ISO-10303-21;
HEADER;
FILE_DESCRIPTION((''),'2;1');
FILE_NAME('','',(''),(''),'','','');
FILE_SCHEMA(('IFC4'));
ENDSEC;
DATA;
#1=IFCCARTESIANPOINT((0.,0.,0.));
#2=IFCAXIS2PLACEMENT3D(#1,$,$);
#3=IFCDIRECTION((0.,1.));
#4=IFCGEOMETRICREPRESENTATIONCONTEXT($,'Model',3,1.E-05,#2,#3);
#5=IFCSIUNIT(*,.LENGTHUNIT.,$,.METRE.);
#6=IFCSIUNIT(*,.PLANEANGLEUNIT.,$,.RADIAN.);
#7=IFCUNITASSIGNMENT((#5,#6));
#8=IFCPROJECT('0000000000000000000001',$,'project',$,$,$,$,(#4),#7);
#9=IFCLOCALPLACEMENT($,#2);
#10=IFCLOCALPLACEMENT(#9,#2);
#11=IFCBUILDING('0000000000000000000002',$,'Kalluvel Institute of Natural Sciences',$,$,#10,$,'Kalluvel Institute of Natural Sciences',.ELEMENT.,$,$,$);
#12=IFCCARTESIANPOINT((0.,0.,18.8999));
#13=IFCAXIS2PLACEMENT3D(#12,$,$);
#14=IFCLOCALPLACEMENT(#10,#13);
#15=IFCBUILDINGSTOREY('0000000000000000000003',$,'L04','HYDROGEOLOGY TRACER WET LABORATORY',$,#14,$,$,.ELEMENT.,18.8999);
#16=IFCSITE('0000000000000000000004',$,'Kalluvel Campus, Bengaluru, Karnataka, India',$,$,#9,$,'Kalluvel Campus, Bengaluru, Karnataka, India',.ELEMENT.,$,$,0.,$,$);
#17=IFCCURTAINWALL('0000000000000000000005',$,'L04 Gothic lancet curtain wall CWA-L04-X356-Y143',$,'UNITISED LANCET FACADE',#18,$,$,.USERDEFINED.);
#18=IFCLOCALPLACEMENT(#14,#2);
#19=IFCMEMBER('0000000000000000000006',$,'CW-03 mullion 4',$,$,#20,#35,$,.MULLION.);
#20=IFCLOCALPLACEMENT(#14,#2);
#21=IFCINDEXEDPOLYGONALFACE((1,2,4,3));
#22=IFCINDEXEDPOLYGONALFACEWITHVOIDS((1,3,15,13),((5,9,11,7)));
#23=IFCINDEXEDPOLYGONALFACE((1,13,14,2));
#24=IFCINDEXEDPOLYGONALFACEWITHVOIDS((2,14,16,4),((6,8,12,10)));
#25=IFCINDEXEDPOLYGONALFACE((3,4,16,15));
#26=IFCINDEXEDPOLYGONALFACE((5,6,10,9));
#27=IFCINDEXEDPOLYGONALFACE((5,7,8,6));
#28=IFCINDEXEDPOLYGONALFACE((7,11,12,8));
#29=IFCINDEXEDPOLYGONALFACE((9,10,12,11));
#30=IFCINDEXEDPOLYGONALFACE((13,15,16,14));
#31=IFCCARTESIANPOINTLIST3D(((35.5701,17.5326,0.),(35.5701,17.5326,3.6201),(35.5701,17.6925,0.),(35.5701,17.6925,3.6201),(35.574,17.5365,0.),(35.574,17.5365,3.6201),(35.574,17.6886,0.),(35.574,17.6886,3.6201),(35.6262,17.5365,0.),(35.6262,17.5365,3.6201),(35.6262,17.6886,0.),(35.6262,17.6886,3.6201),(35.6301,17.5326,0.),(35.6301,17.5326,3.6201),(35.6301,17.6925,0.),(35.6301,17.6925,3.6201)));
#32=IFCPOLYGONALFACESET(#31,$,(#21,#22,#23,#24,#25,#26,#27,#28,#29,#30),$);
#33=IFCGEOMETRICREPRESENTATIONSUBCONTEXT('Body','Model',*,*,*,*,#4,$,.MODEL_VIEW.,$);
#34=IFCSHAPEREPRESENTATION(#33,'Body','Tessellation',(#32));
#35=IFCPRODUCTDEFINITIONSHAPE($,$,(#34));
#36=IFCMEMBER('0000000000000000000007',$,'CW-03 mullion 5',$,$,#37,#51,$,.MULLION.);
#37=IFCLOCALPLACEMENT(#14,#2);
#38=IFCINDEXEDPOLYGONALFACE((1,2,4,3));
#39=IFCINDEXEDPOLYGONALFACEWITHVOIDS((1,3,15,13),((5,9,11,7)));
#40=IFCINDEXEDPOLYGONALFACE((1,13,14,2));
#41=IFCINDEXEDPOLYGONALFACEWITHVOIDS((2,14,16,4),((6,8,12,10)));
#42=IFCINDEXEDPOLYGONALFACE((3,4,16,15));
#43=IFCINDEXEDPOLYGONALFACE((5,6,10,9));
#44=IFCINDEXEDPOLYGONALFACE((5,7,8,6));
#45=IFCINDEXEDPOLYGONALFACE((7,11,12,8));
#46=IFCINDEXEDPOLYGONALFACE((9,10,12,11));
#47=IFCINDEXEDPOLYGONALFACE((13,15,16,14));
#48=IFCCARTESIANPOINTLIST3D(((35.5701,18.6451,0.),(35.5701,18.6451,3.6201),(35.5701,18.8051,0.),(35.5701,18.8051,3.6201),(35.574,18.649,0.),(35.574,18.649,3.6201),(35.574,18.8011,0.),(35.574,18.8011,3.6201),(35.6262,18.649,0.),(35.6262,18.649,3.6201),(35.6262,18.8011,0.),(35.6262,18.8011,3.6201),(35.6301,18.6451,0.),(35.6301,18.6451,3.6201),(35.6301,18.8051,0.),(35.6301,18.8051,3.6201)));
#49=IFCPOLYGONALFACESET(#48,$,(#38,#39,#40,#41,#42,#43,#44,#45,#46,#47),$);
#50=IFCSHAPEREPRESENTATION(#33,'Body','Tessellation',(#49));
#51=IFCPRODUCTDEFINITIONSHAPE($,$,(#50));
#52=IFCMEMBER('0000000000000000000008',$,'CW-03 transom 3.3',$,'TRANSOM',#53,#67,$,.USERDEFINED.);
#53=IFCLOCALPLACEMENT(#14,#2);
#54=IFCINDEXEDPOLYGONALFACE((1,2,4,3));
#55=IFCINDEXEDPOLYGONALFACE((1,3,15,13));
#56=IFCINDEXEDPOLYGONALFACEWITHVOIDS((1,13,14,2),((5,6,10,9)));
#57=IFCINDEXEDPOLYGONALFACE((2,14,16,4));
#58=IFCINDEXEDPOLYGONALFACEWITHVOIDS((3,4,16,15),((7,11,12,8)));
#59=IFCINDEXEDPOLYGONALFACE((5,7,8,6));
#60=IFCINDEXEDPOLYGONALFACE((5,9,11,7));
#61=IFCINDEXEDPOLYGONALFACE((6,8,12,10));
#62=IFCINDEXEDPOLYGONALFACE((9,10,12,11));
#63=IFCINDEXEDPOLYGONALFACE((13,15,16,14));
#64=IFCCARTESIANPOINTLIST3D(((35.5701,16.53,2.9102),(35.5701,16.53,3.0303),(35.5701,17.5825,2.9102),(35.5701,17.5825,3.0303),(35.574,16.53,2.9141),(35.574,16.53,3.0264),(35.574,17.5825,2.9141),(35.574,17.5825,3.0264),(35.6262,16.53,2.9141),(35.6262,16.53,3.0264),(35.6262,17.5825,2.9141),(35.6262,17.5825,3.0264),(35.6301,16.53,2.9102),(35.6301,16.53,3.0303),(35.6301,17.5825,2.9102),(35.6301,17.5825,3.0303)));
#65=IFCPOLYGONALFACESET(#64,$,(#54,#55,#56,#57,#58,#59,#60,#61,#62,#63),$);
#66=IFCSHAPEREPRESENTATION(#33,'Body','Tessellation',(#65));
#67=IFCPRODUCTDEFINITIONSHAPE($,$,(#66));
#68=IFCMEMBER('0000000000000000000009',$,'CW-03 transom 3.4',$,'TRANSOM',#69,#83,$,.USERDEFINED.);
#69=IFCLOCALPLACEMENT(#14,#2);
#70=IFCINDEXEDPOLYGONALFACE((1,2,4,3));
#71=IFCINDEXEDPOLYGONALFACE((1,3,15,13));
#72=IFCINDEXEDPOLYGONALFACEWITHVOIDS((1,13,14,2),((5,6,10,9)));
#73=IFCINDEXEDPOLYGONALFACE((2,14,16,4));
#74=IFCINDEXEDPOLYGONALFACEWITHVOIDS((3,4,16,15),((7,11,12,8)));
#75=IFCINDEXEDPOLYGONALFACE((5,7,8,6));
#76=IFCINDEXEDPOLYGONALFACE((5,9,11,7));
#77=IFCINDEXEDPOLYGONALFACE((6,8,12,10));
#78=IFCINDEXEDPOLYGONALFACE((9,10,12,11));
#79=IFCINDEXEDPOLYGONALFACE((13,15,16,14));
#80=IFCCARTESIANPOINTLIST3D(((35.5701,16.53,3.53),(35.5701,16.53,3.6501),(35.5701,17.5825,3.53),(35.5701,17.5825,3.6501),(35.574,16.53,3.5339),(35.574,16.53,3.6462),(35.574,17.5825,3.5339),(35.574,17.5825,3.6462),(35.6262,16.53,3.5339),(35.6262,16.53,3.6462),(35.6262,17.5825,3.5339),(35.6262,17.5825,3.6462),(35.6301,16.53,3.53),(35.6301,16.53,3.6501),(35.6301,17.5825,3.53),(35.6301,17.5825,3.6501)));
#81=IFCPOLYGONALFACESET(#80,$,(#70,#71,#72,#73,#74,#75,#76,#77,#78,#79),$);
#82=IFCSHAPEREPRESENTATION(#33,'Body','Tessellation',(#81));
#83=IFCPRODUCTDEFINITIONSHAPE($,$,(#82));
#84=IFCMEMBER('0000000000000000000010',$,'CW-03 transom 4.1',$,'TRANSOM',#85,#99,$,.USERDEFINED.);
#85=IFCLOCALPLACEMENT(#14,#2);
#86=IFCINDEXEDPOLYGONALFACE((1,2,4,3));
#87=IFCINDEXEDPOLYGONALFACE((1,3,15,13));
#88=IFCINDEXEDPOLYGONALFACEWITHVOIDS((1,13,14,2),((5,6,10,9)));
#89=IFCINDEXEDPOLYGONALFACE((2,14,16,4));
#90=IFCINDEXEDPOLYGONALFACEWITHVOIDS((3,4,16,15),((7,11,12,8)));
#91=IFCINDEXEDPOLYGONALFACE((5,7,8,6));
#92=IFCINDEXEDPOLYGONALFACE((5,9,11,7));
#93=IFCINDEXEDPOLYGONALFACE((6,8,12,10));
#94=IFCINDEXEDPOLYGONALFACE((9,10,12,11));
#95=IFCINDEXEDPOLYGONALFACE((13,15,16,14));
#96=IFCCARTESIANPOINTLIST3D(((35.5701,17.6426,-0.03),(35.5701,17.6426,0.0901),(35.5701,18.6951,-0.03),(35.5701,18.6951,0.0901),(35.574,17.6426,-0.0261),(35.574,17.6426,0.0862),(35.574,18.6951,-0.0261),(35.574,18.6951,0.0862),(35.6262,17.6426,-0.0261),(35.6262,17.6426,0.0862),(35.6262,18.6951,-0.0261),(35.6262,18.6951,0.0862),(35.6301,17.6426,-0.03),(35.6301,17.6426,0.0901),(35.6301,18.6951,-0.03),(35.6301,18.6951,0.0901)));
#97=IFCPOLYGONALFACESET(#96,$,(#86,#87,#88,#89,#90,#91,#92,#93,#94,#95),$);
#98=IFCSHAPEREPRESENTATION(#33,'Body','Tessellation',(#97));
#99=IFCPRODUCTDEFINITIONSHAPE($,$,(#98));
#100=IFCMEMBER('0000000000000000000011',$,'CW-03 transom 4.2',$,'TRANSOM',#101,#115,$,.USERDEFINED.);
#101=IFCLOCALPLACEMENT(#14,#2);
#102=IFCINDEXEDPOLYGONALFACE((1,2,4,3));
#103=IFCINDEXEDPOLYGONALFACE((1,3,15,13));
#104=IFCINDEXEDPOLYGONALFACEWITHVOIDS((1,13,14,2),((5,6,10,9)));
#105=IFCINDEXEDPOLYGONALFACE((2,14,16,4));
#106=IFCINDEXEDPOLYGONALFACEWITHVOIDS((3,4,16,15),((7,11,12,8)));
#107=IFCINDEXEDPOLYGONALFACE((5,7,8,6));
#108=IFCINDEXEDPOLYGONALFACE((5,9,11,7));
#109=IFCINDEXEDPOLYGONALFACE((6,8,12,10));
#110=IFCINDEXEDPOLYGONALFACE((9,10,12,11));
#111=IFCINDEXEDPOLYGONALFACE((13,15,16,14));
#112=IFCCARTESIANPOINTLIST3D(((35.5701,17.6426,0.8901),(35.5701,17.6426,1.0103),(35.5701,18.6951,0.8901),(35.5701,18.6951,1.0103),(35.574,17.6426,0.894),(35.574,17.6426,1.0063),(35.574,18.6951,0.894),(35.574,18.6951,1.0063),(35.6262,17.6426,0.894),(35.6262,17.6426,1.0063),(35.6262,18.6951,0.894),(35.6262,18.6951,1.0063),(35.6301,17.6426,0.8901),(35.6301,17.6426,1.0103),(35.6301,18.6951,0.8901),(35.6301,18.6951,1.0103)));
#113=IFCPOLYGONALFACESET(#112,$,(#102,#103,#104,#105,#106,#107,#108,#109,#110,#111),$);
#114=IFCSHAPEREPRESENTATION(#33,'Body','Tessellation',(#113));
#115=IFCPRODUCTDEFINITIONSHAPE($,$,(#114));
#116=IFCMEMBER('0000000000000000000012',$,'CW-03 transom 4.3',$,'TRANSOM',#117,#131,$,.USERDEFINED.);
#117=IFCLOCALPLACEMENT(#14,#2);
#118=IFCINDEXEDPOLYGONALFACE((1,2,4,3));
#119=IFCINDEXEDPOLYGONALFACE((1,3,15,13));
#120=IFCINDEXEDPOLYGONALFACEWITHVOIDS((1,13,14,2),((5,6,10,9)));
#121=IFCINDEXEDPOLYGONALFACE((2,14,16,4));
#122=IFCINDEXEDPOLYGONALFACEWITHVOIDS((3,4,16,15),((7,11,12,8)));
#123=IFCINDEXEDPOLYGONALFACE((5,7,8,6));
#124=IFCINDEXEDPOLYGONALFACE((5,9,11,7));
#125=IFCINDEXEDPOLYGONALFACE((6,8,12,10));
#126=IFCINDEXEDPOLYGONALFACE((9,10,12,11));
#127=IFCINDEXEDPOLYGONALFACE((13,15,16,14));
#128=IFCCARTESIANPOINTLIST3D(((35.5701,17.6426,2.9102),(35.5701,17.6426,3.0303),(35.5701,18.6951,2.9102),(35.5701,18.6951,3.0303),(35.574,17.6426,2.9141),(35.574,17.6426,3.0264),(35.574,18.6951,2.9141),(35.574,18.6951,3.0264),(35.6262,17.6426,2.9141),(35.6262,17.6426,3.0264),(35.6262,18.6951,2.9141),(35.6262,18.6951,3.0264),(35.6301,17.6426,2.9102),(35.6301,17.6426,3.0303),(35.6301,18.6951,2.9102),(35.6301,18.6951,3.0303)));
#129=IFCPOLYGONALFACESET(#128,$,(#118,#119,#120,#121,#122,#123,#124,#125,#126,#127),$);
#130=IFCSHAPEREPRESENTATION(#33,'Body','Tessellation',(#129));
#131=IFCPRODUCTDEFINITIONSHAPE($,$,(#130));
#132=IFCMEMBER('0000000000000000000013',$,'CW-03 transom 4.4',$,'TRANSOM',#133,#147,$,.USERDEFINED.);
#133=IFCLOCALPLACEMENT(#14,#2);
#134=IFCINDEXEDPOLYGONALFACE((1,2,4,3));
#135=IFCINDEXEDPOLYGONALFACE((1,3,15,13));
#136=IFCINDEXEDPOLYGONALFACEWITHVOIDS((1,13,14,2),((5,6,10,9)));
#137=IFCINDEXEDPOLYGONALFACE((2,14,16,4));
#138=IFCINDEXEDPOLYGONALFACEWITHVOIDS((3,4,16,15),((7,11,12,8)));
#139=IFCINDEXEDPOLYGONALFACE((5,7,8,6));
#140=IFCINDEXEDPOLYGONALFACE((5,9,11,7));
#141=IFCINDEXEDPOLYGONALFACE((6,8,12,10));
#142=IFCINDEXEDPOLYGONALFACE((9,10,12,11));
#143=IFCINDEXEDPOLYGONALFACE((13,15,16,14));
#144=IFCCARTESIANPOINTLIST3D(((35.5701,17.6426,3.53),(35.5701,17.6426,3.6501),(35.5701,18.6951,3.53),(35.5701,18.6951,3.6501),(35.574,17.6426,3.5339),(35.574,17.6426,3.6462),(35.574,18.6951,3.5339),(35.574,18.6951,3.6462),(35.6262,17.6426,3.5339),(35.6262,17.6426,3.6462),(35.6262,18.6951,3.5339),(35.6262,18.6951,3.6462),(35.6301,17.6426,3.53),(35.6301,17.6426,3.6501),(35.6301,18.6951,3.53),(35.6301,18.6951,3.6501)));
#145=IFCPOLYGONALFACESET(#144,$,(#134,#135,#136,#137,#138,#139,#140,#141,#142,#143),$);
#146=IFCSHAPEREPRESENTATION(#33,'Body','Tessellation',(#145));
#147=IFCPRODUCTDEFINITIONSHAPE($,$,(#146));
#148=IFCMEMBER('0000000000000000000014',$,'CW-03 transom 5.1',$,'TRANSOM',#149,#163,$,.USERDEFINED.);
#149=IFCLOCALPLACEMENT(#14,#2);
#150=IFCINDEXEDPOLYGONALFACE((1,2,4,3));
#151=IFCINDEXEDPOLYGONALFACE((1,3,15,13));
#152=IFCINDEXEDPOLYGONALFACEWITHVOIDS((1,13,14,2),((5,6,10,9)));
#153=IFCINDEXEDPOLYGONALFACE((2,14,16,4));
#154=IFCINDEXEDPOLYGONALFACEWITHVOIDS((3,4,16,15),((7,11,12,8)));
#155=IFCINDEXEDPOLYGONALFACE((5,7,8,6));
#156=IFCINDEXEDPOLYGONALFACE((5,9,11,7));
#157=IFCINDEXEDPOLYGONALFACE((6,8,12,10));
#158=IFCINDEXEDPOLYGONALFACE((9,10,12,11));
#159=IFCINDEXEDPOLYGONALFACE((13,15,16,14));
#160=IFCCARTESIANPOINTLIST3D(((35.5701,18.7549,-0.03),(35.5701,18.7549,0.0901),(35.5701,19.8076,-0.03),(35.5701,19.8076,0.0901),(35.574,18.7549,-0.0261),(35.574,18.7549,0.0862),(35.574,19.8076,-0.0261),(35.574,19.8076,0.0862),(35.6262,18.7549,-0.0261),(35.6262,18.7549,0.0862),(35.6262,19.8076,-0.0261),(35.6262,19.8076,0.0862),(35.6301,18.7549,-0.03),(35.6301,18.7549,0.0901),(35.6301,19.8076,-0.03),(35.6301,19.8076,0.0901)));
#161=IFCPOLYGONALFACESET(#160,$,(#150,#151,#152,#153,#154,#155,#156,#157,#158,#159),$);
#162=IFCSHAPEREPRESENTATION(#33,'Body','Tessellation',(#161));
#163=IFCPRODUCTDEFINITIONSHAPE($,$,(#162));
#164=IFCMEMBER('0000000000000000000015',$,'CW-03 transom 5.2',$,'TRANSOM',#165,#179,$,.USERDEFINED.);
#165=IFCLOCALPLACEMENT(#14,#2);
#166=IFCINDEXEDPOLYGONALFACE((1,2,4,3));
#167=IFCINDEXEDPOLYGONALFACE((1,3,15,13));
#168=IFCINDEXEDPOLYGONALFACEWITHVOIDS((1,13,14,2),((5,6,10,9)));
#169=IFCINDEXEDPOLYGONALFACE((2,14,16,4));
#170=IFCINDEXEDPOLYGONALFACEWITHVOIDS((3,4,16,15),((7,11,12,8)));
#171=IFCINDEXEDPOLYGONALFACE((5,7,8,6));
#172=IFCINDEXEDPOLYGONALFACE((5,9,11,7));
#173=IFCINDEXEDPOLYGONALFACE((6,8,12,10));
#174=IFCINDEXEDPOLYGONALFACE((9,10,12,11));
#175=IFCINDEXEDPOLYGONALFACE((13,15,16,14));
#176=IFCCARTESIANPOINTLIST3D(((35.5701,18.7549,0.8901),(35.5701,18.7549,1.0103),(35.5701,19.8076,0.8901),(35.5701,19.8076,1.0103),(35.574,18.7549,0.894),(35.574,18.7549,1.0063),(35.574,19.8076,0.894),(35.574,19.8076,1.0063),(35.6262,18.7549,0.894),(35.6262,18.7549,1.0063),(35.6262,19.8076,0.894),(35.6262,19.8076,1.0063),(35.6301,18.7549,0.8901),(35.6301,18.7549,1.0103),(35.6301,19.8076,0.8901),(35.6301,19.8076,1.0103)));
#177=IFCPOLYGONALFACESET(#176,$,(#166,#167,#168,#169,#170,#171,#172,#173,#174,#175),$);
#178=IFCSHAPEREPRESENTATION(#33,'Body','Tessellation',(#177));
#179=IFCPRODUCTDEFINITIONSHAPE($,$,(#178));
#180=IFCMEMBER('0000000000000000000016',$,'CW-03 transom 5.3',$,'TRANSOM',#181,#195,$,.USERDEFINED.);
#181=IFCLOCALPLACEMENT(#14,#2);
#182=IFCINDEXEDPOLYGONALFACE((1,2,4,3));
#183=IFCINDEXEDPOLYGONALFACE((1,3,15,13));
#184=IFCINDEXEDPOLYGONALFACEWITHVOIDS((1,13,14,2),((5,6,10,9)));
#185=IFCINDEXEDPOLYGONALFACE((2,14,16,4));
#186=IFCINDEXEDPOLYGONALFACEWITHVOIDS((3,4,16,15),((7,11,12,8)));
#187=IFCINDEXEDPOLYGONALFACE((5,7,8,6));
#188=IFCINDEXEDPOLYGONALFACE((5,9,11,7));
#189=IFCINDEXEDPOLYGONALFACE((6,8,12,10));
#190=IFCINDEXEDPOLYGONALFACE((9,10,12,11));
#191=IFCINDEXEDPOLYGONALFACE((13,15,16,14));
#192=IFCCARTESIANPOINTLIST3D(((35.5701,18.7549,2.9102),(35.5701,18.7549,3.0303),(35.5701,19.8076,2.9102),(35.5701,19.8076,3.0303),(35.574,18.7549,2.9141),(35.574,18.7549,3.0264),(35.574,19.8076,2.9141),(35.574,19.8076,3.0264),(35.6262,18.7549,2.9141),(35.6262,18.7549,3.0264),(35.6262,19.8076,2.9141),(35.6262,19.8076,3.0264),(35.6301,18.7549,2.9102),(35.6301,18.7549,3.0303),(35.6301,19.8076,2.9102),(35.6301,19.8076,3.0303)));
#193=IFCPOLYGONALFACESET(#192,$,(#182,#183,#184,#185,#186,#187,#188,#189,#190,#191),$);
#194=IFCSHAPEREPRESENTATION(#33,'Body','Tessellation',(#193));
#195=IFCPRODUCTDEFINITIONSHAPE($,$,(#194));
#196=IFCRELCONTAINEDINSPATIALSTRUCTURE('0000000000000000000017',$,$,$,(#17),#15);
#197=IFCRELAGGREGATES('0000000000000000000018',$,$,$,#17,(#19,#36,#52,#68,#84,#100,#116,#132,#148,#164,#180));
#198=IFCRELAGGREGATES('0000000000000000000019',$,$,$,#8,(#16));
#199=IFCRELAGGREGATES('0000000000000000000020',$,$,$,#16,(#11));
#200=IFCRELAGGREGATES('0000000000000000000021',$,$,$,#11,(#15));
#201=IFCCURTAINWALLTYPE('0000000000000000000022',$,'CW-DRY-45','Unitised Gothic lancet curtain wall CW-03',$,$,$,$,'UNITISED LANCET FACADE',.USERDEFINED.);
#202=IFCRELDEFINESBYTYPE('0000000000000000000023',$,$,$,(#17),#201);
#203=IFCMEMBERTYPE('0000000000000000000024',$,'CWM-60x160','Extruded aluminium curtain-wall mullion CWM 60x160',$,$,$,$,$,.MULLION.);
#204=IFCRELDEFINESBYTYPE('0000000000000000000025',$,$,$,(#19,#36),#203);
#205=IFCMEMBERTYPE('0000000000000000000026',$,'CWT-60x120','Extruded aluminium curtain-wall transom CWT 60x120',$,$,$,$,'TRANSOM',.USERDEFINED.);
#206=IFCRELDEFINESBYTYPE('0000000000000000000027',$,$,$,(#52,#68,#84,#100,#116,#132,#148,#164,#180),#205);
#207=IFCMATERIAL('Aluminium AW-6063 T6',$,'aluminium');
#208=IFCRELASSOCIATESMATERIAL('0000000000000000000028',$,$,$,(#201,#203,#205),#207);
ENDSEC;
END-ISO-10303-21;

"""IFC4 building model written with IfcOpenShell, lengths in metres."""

from ifc_helpers import new_model, si_unit, direction, frame, origin, origin_2d, place, context, subcontext, project, spatial, hollow_rectangle, extrude, material, material_profile, profile_set, type_object, element, aggregate, save


model = new_model("IFC4")

# Units and contexts
model_context = context("Model", 3, precision=1e-05, world=origin(), true_north=direction((0.0, 1.0)))
body_context = subcontext(model_context, "Body", "Model", "MODEL_VIEW")
ifc_project = project(units=[si_unit("LENGTHUNIT", "METRE"), si_unit("PLANEANGLEUNIT", "RADIAN")], contexts=[model_context])

# Site, building, storey
site_placement = place(None, origin())
site = spatial("IfcSite", under=ifc_project, at=site_placement, Name="Kalluvel Campus, Bengaluru, Karnataka, India", LongName="Kalluvel Campus, Bengaluru, Karnataka, India", CompositionType="ELEMENT", RefElevation=0.0)
building_placement = place(site_placement, origin())
building = spatial("IfcBuilding", under=site, at=building_placement, Name="Kalluvel Institute of Natural Sciences", LongName="Kalluvel Institute of Natural Sciences", CompositionType="ELEMENT")
storey_placement = place(building_placement, frame((0.0, 0.0, 18.8999)))
storey = spatial("IfcBuildingStorey", under=building, at=storey_placement, Name="L04", Description="HYDROGEOLOGY TRACER WET LABORATORY", CompositionType="ELEMENT", Elevation=18.8999)

# Curtain wall, members
ifc_material_1 = material(Name="Aluminium AW-6063 T6", Category="aluminium")
curtain_wall_type = type_object("IfcCurtainWallType", Name="CW-DRY-45", Description="Unitised Gothic lancet curtain wall CW-03", ElementType="UNITISED LANCET FACADE", PredefinedType="USERDEFINED", material=ifc_material_1)
curtain_wall_placement = place(storey_placement, origin())
curtain_wall = element("IfcCurtainWall", 1, at=curtain_wall_placement, inside=storey, type_object=curtain_wall_type, Name="L04 Gothic lancet curtain wall CWA-L04-X356-Y143", ObjectType="UNITISED LANCET FACADE", PredefinedType="USERDEFINED")
ifc_material_profile_1 = material_profile(ifc_material_1, hollow_rectangle(XDim=0.0601, YDim=0.1599, WallThickness=0.0039, at=origin_2d()), Name="CWM 60x160")
ifc_profile_set_1 = profile_set([ifc_material_profile_1], Name="Aluminium AW-6063 T6")
member_type_1 = type_object("IfcMemberType", Name="CWM-60x160", Description="Extruded aluminium curtain-wall mullion CWM 60x160", PredefinedType="MULLION", material=ifc_profile_set_1)
member_1_placement = place(storey_placement, frame((35.6001, 17.6125, 0.0), z_axis=(0.0, 0.0, 1.0), x_axis=(-1.0, 0.0, 0.0)))
member_1 = element("IfcMember", 2, at=member_1_placement, type_object=member_type_1, Name="CW-03 mullion 4", PredefinedType="MULLION", context=body_context, shape_type="SweptSolid", body=[
    extrude(hollow_rectangle(XDim=0.0601, YDim=0.1599, WallThickness=0.0039, at=origin_2d()), origin(), (0.0, 0.0, 1.0), 3.6201),
])
member_2_placement = place(storey_placement, frame((35.6001, 18.7251, 0.0), z_axis=(0.0, 0.0, 1.0), x_axis=(-1.0, 0.0, 0.0)))
member_2 = element("IfcMember", 3, at=member_2_placement, type_object=member_type_1, Name="CW-03 mullion 5", PredefinedType="MULLION", context=body_context, shape_type="SweptSolid", body=[
    extrude(hollow_rectangle(XDim=0.0601, YDim=0.1599, WallThickness=0.0039, at=origin_2d()), origin(), (0.0, 0.0, 1.0), 3.6201),
])
ifc_material_profile_2 = material_profile(ifc_material_1, hollow_rectangle(XDim=0.0601, YDim=0.1201, WallThickness=0.0039, at=origin_2d()), Name="CWT 60x120")
ifc_profile_set_2 = profile_set([ifc_material_profile_2], Name="Aluminium AW-6063 T6")
member_type_2 = type_object("IfcMemberType", Name="CWT-60x120", Description="Extruded aluminium curtain-wall transom CWT 60x120", ElementType="TRANSOM", PredefinedType="USERDEFINED", material=ifc_profile_set_2)
member_3_placement = place(storey_placement, frame((35.6001, 16.53, 2.9702), z_axis=(0.0, 1.0, 0.0), x_axis=(-1.0, 0.0, 0.0)))
member_3 = element("IfcMember", 4, at=member_3_placement, type_object=member_type_2, Name="CW-03 transom 3.3", ObjectType="TRANSOM", PredefinedType="USERDEFINED", context=body_context, shape_type="SweptSolid", body=[
    extrude(hollow_rectangle(XDim=0.0601, YDim=0.1201, WallThickness=0.0039, at=origin_2d()), origin(), (0.0, 0.0, 1.0), 1.0525),
])
member_4_placement = place(storey_placement, frame((35.6001, 16.53, 3.5901), z_axis=(0.0, 1.0, 0.0), x_axis=(-1.0, 0.0, 0.0)))
member_4 = element("IfcMember", 5, at=member_4_placement, type_object=member_type_2, Name="CW-03 transom 3.4", ObjectType="TRANSOM", PredefinedType="USERDEFINED", context=body_context, shape_type="SweptSolid", body=[
    extrude(hollow_rectangle(XDim=0.0601, YDim=0.1201, WallThickness=0.0039, at=origin_2d()), origin(), (0.0, 0.0, 1.0), 1.0525),
])
member_5_placement = place(storey_placement, frame((35.6001, 17.6426, 0.03), z_axis=(0.0, 1.0, 0.0), x_axis=(-1.0, 0.0, 0.0)))
member_5 = element("IfcMember", 6, at=member_5_placement, type_object=member_type_2, Name="CW-03 transom 4.1", ObjectType="TRANSOM", PredefinedType="USERDEFINED", context=body_context, shape_type="SweptSolid", body=[
    extrude(hollow_rectangle(XDim=0.0601, YDim=0.1201, WallThickness=0.0039, at=origin_2d()), origin(), (0.0, 0.0, 1.0), 1.0525),
])
member_6_placement = place(storey_placement, frame((35.6001, 17.6426, 0.9502), z_axis=(0.0, 1.0, 0.0), x_axis=(-1.0, 0.0, 0.0)))
member_6 = element("IfcMember", 7, at=member_6_placement, type_object=member_type_2, Name="CW-03 transom 4.2", ObjectType="TRANSOM", PredefinedType="USERDEFINED", context=body_context, shape_type="SweptSolid", body=[
    extrude(hollow_rectangle(XDim=0.0601, YDim=0.1201, WallThickness=0.0039, at=origin_2d()), origin(), (0.0, 0.0, 1.0), 1.0525),
])
member_7_placement = place(storey_placement, frame((35.6001, 17.6426, 2.9702), z_axis=(0.0, 1.0, 0.0), x_axis=(-1.0, 0.0, 0.0)))
member_7 = element("IfcMember", 8, at=member_7_placement, type_object=member_type_2, Name="CW-03 transom 4.3", ObjectType="TRANSOM", PredefinedType="USERDEFINED", context=body_context, shape_type="SweptSolid", body=[
    extrude(hollow_rectangle(XDim=0.0601, YDim=0.1201, WallThickness=0.0039, at=origin_2d()), origin(), (0.0, 0.0, 1.0), 1.0525),
])
member_8_placement = place(storey_placement, frame((35.6001, 17.6426, 3.5901), z_axis=(0.0, 1.0, 0.0), x_axis=(-1.0, 0.0, 0.0)))
member_8 = element("IfcMember", 9, at=member_8_placement, type_object=member_type_2, Name="CW-03 transom 4.4", ObjectType="TRANSOM", PredefinedType="USERDEFINED", context=body_context, shape_type="SweptSolid", body=[
    extrude(hollow_rectangle(XDim=0.0601, YDim=0.1201, WallThickness=0.0039, at=origin_2d()), origin(), (0.0, 0.0, 1.0), 1.0525),
])
member_9_placement = place(storey_placement, frame((35.6001, 18.7549, 0.03), z_axis=(0.0, 1.0, 0.0), x_axis=(-1.0, 0.0, 0.0)))
member_9 = element("IfcMember", 10, at=member_9_placement, type_object=member_type_2, Name="CW-03 transom 5.1", ObjectType="TRANSOM", PredefinedType="USERDEFINED", context=body_context, shape_type="SweptSolid", body=[
    extrude(hollow_rectangle(XDim=0.0601, YDim=0.1201, WallThickness=0.0039, at=origin_2d()), origin(), (0.0, 0.0, 1.0), 1.0527),
])
member_10_placement = place(storey_placement, frame((35.6001, 18.7549, 0.9502), z_axis=(0.0, 1.0, 0.0), x_axis=(-1.0, 0.0, 0.0)))
member_10 = element("IfcMember", 11, at=member_10_placement, type_object=member_type_2, Name="CW-03 transom 5.2", ObjectType="TRANSOM", PredefinedType="USERDEFINED", context=body_context, shape_type="SweptSolid", body=[
    extrude(hollow_rectangle(XDim=0.0601, YDim=0.1201, WallThickness=0.0039, at=origin_2d()), origin(), (0.0, 0.0, 1.0), 1.0527),
])
member_11_placement = place(storey_placement, frame((35.6001, 18.7549, 2.9702), z_axis=(0.0, 1.0, 0.0), x_axis=(-1.0, 0.0, 0.0)))
member_11 = element("IfcMember", 12, at=member_11_placement, type_object=member_type_2, Name="CW-03 transom 5.3", ObjectType="TRANSOM", PredefinedType="USERDEFINED", context=body_context, shape_type="SweptSolid", body=[
    extrude(hollow_rectangle(XDim=0.0601, YDim=0.1201, WallThickness=0.0039, at=origin_2d()), origin(), (0.0, 0.0, 1.0), 1.0527),
])
aggregate(curtain_wall, [member_1, member_2, member_3, member_4, member_5, member_6, member_7, member_8, member_9, member_10, member_11])

save(model, "model.ifc")
